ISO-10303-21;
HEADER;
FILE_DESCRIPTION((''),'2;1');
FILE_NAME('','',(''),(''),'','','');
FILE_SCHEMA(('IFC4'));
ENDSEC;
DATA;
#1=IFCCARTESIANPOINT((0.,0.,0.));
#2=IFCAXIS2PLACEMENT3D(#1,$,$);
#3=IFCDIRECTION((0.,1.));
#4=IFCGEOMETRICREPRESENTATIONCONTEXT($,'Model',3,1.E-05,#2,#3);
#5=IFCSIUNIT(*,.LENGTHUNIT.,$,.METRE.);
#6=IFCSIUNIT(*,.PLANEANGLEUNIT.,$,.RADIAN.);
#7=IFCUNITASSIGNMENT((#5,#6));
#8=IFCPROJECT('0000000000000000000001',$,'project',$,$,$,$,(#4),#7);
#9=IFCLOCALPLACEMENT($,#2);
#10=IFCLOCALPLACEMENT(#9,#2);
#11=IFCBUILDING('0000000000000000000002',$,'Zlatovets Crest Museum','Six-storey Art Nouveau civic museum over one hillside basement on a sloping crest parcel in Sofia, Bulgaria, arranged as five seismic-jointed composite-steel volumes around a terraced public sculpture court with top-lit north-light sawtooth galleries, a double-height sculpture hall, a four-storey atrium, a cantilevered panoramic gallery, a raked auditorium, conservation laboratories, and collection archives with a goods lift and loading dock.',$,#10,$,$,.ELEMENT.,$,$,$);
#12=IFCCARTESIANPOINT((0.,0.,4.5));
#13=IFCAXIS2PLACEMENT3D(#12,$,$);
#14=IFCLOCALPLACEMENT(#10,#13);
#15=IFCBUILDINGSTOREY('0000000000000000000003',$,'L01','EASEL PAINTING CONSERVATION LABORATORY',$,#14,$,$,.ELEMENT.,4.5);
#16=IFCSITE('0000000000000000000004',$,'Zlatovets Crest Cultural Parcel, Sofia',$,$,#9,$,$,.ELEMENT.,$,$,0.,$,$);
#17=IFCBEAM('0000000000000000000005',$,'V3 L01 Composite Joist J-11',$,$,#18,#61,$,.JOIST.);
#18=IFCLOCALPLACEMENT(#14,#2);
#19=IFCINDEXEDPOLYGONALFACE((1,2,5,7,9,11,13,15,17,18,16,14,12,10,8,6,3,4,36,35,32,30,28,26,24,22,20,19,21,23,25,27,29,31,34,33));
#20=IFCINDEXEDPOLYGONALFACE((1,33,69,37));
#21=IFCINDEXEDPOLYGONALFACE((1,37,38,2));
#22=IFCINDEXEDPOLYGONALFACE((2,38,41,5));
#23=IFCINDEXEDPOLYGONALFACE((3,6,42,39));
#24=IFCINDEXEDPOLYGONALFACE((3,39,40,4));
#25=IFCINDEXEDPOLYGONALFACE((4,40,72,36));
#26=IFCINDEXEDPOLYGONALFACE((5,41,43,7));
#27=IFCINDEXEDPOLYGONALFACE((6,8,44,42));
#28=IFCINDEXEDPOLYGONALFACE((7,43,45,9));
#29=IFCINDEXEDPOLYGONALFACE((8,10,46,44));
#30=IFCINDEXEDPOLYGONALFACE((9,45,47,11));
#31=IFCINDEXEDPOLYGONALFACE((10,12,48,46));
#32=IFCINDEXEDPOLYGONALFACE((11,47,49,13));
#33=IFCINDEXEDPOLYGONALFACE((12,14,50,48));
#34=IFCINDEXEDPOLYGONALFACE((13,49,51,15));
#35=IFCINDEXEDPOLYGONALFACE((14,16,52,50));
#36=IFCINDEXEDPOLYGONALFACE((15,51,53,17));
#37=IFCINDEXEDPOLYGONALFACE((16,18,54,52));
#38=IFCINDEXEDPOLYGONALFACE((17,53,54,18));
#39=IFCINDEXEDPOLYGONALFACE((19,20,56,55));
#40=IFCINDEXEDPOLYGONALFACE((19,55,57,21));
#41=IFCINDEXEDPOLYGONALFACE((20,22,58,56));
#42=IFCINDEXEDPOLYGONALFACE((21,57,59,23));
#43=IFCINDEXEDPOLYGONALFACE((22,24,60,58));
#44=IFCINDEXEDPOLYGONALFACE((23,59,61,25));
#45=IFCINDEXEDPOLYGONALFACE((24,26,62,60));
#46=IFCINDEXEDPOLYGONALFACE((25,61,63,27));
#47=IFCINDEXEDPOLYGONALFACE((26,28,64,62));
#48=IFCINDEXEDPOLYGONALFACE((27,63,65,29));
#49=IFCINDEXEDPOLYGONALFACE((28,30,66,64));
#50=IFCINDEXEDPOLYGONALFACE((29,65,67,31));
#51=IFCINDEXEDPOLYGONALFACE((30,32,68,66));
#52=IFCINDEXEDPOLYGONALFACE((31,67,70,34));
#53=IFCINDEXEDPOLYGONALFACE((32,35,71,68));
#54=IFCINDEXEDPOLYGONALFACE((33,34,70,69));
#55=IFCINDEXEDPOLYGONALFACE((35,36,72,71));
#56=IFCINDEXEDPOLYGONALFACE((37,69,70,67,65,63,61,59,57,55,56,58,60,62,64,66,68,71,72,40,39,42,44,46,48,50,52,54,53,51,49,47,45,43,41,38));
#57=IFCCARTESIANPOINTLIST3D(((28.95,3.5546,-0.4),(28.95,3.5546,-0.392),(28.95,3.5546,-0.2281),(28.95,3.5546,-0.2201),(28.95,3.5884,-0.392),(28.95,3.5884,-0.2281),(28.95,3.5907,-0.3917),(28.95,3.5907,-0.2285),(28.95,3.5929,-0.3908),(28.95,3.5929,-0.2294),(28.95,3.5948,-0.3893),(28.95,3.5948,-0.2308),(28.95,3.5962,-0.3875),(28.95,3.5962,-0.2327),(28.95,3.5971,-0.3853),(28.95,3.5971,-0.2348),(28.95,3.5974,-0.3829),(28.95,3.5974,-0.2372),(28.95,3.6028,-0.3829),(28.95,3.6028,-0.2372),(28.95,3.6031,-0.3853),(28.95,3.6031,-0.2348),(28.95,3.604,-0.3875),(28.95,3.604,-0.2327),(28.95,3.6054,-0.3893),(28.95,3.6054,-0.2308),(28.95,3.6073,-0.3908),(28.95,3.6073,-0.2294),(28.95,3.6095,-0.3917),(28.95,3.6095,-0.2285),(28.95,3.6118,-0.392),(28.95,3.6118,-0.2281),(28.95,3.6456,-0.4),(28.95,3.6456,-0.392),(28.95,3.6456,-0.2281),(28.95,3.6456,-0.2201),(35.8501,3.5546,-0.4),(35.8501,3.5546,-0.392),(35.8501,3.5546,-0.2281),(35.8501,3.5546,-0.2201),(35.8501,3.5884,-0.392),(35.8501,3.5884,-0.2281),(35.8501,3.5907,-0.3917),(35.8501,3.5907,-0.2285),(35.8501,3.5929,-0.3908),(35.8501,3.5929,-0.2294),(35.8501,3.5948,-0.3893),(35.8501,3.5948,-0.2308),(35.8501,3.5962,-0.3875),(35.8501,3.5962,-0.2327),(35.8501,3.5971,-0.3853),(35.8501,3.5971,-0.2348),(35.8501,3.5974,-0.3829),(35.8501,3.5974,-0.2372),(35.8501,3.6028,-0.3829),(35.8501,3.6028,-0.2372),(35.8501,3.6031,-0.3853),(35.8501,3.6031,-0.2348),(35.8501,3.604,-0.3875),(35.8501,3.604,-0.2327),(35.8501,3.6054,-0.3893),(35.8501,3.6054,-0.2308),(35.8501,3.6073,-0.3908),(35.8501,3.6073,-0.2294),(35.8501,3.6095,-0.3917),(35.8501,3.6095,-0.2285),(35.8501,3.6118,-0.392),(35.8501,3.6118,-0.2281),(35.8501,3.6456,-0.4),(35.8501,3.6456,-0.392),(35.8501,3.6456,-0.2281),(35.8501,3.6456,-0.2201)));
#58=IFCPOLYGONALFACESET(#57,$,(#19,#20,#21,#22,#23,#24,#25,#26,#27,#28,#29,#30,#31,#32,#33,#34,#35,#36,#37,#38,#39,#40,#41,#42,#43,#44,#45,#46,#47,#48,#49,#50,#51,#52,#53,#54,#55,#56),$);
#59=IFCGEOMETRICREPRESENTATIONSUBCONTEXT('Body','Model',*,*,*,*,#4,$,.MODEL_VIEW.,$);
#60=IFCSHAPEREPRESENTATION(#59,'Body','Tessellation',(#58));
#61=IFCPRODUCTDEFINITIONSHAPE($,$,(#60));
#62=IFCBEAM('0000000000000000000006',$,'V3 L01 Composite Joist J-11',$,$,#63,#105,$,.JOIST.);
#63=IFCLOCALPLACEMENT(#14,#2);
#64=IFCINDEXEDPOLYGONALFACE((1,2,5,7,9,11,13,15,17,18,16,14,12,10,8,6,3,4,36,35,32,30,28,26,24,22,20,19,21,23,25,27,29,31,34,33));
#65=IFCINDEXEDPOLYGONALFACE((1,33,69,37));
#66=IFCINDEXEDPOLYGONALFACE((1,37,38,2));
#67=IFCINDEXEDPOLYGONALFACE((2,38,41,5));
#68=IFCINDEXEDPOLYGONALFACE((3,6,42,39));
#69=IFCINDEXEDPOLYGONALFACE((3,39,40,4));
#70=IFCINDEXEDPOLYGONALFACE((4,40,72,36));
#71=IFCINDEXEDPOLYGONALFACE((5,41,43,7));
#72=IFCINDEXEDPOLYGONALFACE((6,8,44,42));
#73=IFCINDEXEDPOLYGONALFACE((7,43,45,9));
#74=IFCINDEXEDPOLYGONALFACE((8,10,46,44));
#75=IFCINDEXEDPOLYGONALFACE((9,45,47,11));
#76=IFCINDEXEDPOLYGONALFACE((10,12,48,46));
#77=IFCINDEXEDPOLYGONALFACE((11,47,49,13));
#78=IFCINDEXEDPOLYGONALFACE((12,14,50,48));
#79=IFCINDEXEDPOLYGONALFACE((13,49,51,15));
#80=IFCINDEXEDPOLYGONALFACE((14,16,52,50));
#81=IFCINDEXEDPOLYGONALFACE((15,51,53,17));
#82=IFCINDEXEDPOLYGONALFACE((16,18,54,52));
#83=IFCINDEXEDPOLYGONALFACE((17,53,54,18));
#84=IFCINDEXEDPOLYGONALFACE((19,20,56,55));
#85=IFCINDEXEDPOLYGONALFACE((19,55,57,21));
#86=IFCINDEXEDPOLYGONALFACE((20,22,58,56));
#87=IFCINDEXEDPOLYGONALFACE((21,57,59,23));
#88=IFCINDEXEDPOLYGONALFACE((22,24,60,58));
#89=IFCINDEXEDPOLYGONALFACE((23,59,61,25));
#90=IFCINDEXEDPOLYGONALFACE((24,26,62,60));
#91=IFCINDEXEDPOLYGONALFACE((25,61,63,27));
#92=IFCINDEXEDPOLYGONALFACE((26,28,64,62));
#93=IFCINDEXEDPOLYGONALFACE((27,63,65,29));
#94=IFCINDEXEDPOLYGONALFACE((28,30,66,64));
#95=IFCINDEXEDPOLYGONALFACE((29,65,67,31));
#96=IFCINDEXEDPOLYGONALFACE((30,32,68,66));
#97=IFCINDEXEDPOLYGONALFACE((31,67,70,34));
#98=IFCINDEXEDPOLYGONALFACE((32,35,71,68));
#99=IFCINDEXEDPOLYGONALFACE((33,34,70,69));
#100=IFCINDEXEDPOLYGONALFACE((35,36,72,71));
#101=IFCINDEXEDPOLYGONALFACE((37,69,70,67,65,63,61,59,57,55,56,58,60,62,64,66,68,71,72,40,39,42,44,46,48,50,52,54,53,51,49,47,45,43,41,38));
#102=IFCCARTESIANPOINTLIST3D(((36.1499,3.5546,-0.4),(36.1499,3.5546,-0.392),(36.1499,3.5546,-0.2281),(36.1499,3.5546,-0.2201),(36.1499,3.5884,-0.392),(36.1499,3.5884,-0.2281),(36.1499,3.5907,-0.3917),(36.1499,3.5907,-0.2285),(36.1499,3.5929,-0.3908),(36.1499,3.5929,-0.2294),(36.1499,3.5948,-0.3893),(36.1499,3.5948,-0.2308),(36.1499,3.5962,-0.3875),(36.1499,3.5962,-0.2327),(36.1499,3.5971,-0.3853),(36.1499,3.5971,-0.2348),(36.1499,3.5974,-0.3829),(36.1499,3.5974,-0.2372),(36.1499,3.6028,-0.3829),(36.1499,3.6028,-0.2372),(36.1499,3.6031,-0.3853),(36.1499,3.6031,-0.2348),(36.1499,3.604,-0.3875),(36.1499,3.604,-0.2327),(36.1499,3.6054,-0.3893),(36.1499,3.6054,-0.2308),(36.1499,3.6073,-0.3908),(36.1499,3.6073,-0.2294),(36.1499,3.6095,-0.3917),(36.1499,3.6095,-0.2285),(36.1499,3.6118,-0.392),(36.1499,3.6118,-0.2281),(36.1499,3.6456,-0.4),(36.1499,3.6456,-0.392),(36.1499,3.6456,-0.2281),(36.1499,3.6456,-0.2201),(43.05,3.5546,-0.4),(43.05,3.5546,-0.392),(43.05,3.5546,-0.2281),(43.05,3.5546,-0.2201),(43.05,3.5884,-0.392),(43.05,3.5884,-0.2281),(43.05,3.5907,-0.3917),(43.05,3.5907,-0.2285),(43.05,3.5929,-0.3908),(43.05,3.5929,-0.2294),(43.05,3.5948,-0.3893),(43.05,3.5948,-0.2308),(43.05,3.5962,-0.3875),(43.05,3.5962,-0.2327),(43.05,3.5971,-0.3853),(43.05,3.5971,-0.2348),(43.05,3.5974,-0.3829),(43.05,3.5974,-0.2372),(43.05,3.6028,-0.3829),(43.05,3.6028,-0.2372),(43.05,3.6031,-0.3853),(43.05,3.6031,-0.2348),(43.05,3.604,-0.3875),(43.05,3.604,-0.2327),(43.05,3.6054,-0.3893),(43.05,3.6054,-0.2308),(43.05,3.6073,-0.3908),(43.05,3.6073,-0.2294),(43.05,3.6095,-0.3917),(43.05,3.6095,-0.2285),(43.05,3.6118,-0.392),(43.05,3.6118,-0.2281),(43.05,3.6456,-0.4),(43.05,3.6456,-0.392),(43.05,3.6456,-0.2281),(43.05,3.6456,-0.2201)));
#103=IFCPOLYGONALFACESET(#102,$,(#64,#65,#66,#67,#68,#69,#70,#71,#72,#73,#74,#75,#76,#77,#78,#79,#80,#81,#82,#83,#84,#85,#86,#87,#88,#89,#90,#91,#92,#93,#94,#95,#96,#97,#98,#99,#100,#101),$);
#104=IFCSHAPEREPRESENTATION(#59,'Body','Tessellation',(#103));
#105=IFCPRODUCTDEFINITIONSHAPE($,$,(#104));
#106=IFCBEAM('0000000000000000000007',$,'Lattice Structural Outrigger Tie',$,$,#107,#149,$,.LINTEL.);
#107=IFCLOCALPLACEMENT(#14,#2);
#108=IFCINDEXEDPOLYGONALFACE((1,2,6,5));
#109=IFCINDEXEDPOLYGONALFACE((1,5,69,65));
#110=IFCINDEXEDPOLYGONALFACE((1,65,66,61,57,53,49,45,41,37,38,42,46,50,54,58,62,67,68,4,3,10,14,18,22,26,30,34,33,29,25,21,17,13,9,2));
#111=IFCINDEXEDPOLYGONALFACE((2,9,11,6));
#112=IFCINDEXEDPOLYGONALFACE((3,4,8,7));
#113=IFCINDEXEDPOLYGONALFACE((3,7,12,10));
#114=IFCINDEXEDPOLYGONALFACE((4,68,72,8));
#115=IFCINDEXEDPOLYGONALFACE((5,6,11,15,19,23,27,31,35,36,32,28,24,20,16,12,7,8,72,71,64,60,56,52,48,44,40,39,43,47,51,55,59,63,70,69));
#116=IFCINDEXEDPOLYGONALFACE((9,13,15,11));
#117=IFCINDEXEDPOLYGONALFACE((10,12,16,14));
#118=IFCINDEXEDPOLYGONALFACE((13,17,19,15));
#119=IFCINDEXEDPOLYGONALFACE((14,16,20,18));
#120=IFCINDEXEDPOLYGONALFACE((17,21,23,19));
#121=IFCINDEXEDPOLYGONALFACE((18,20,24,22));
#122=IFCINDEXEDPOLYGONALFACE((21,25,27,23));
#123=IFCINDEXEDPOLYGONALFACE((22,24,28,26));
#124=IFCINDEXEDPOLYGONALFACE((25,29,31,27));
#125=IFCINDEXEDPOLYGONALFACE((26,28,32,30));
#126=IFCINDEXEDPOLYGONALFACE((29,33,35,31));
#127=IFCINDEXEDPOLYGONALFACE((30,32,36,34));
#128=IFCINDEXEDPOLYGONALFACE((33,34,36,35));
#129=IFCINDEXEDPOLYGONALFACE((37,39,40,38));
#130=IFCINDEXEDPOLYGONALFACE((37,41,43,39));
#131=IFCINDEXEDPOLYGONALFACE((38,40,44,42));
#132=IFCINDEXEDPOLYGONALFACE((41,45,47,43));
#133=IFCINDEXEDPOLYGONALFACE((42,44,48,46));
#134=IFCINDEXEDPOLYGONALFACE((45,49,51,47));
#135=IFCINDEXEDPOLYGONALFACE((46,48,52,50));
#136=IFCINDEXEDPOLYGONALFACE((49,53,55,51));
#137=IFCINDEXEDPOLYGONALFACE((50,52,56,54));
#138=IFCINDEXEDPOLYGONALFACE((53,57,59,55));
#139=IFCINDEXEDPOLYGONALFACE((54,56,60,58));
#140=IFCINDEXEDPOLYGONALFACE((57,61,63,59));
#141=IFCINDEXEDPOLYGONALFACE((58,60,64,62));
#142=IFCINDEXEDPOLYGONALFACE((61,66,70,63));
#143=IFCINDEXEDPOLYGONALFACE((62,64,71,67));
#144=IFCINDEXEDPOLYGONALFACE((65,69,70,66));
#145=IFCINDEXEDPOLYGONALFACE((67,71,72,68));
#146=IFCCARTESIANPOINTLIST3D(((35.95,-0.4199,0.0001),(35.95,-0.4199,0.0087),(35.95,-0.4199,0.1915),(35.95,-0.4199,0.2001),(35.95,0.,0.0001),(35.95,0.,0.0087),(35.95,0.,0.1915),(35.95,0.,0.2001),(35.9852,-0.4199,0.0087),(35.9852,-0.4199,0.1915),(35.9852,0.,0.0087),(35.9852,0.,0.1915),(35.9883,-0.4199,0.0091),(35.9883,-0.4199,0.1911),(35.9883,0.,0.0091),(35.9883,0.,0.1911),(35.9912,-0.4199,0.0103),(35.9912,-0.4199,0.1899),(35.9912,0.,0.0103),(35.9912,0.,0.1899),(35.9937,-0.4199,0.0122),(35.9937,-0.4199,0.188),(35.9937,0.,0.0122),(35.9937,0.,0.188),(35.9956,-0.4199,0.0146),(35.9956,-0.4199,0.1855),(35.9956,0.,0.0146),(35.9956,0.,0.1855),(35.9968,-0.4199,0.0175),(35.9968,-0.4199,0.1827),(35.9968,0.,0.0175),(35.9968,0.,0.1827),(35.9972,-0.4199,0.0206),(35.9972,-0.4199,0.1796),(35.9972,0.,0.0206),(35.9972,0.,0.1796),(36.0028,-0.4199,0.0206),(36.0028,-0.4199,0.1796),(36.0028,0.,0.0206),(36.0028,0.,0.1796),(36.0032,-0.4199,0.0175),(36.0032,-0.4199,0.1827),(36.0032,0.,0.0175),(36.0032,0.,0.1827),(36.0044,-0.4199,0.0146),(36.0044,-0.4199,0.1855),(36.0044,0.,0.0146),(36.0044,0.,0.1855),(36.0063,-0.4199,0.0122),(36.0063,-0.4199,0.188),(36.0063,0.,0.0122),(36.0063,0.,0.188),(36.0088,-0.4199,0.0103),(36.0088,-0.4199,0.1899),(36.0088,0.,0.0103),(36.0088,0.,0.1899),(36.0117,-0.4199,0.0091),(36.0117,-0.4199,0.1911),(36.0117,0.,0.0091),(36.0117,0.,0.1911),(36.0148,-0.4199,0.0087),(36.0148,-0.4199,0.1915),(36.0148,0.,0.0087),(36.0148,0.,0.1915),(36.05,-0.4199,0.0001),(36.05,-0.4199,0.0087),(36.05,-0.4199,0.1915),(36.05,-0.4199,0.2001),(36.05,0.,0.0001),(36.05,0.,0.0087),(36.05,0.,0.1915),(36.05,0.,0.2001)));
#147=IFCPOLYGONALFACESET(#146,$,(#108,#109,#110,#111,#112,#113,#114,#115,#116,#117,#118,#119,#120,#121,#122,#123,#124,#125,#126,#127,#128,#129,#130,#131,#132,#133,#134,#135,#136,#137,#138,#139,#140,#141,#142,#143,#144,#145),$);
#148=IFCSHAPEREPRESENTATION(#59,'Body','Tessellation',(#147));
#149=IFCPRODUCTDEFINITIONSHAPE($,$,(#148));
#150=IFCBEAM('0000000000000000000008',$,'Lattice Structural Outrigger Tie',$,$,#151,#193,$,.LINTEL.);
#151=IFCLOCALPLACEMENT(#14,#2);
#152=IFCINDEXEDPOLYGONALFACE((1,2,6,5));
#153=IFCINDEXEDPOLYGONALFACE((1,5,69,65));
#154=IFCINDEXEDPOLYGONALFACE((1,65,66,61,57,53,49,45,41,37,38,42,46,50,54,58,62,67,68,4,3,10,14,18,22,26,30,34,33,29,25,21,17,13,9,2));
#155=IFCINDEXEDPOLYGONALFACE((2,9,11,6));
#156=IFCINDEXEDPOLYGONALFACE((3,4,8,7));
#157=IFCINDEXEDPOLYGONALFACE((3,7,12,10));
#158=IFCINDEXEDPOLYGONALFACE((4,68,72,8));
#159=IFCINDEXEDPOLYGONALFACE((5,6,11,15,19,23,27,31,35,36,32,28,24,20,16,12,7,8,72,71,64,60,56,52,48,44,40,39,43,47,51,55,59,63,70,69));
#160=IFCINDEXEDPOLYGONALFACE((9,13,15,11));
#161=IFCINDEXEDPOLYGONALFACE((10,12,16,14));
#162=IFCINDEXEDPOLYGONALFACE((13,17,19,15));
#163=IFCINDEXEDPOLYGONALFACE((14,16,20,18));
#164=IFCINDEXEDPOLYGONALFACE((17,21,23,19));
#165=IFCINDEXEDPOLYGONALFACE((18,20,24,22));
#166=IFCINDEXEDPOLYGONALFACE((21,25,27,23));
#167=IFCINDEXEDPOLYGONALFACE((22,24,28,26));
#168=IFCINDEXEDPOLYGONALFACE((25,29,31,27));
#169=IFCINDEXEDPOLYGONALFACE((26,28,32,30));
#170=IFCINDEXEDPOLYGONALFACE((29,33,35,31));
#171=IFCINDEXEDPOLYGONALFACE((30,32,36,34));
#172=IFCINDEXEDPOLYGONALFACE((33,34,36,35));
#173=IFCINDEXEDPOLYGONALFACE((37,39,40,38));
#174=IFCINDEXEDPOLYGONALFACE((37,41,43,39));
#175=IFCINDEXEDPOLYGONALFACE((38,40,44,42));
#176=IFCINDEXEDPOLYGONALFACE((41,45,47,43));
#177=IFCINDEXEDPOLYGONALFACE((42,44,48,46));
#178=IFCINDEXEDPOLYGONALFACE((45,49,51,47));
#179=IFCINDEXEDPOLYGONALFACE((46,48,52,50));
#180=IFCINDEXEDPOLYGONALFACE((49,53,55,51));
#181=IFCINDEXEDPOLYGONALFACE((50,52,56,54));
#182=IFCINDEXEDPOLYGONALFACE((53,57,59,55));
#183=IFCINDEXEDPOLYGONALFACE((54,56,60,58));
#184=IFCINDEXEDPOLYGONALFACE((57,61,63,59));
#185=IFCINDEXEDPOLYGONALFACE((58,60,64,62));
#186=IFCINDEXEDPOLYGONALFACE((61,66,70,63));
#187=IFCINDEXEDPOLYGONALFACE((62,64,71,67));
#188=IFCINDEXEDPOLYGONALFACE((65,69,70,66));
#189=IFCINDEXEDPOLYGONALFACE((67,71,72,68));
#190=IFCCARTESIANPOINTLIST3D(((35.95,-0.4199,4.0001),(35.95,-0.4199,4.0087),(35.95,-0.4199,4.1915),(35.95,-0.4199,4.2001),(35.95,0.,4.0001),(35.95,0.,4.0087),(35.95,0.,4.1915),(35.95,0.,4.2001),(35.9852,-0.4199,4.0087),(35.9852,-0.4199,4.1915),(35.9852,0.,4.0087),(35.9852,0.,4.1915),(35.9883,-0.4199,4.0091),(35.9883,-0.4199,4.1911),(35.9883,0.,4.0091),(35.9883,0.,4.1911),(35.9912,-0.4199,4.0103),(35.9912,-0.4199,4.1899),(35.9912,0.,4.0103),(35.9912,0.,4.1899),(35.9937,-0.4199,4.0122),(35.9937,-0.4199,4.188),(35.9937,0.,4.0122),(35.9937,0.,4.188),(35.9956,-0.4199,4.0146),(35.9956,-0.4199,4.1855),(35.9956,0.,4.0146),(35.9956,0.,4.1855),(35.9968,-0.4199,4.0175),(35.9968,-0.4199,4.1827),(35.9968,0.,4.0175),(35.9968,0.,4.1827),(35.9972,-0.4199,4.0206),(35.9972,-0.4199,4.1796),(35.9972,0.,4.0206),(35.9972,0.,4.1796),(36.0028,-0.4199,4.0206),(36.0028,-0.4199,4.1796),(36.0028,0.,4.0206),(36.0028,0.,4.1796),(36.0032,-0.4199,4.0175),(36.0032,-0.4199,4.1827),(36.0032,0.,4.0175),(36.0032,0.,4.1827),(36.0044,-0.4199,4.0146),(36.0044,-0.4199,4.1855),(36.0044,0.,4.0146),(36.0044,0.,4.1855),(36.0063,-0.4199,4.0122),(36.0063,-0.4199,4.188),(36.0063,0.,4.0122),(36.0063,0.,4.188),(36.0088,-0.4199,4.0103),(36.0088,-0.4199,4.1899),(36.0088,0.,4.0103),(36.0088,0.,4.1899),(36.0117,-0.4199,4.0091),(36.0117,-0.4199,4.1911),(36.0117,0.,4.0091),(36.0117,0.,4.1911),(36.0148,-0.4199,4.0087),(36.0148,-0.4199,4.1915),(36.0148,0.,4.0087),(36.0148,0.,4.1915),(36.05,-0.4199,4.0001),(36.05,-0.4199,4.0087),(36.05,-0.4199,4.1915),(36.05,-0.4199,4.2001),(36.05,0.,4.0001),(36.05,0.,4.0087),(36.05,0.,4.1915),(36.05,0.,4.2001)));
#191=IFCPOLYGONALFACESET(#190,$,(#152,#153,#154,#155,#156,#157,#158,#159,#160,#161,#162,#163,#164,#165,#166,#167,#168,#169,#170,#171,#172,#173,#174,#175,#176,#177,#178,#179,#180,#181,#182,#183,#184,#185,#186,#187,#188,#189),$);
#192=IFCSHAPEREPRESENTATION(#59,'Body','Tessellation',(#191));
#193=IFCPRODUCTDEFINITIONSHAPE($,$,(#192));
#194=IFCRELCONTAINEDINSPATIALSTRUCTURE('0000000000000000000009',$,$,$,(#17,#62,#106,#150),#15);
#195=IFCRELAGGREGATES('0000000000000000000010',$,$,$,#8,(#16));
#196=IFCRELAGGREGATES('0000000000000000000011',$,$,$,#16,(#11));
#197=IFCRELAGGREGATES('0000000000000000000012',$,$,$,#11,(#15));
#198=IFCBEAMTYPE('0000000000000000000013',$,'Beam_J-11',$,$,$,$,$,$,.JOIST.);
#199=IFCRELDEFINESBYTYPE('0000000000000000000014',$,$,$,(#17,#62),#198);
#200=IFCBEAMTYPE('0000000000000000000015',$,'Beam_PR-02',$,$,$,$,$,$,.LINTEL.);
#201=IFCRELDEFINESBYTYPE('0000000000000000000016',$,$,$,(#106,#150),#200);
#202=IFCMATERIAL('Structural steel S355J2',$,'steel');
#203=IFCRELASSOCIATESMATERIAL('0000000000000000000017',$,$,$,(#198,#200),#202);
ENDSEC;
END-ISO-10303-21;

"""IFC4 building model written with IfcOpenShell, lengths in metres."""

from ifc_helpers import new_model, si_unit, direction, frame, origin, origin_2d, place, context, subcontext, project, spatial, i_section, extrude, material, material_profile, profile_set, type_object, element, save


model = new_model("IFC4")

# Units and contexts
model_context = context("Model", 3, precision=1e-05, world=origin(), true_north=direction((0.0, 1.0)))
body_context = subcontext(model_context, "Body", "Model", "MODEL_VIEW")
ifc_project = project(units=[si_unit("LENGTHUNIT", "METRE"), si_unit("PLANEANGLEUNIT", "RADIAN")], contexts=[model_context])

# Site, building, storey
site_placement = place(None, origin())
site = spatial("IfcSite", under=ifc_project, at=site_placement, Name="Zlatovets Crest Cultural Parcel, Sofia", CompositionType="ELEMENT", RefElevation=0.0)
building_placement = place(site_placement, origin())
building = spatial("IfcBuilding", under=site, at=building_placement, Name="Zlatovets Crest Museum", Description="Six-storey Art Nouveau civic museum over one hillside basement on a sloping crest parcel in Sofia, Bulgaria, arranged as five seismic-jointed composite-steel volumes around a terraced public sculpture court with top-lit north-light sawtooth galleries, a double-height sculpture hall, a four-storey atrium, a cantilevered panoramic gallery, a raked auditorium, conservation laboratories, and collection archives with a goods lift and loading dock.", CompositionType="ELEMENT")
storey_placement = place(building_placement, frame((0.0, 0.0, 4.5)))
storey = spatial("IfcBuildingStorey", under=building, at=storey_placement, Name="L01", Description="EASEL PAINTING CONSERVATION LABORATORY", CompositionType="ELEMENT", Elevation=4.5)

# Shared definitions
ifc_material_1 = material(Name="Structural steel S355J2", Category="steel")

# Beams
ifc_material_profile_1 = material_profile(ifc_material_1, i_section(OverallWidth=0.0911, OverallDepth=0.1799, WebThickness=0.0054, FlangeThickness=0.0081, FilletRadius=0.009, at=origin_2d()), Name="IPE 180")
ifc_profile_set_1 = profile_set([ifc_material_profile_1], Name="Structural steel S355J2")
beam_type_1 = type_object("IfcBeamType", Name="Beam_J-11", PredefinedType="JOIST", material=ifc_profile_set_1)
for number, where, z_axis, x_axis, name in (
    (1, (28.95, 3.6001, -0.3101), (1.0, 0.0, 0.0), (0.0, 1.0, 0.0), "V3 L01 Composite Joist J-11"),
    (2, (36.1499, 3.6001, -0.3101), (1.0, 0.0, 0.0), (0.0, 1.0, 0.0), "V3 L01 Composite Joist J-11"),
):
    element("IfcBeam", number, at=place(storey_placement, frame(where, z_axis=z_axis, x_axis=x_axis)), inside=storey, type_object=beam_type_1, Name=name, PredefinedType="JOIST", context=body_context, shape_type="SweptSolid", body=[
        extrude(i_section(OverallWidth=0.0911, OverallDepth=0.1799, WebThickness=0.0054, FlangeThickness=0.0081, FilletRadius=0.009, at=origin_2d()), origin(), (0.0, 0.0, 1.0), 6.9001),
    ])
ifc_material_profile_2 = material_profile(ifc_material_1, i_section(OverallWidth=0.1001, OverallDepth=0.2, WebThickness=0.0056, FlangeThickness=0.0085, FilletRadius=0.012, at=origin_2d()), Name="IPE 200")
ifc_profile_set_2 = profile_set([ifc_material_profile_2], Name="Structural steel S355J2")
beam_type_2 = type_object("IfcBeamType", Name="Beam_PR-02", PredefinedType="LINTEL", material=ifc_profile_set_2)
for number, where, z_axis, x_axis, name in (
    (3, (36.0, 0.0, 0.1001), (0.0, -1.0, 0.0), (1.0, 0.0, 0.0), "Lattice Structural Outrigger Tie"),
    (4, (36.0, 0.0, 4.1001), (0.0, -1.0, 0.0), (1.0, 0.0, 0.0), "Lattice Structural Outrigger Tie"),
):
    element("IfcBeam", number, at=place(storey_placement, frame(where, z_axis=z_axis, x_axis=x_axis)), inside=storey, type_object=beam_type_2, Name=name, PredefinedType="LINTEL", context=body_context, shape_type="SweptSolid", body=[
        extrude(i_section(OverallWidth=0.1001, OverallDepth=0.2, WebThickness=0.0056, FlangeThickness=0.0085, FilletRadius=0.012, at=origin_2d()), origin(), (0.0, 0.0, 1.0), 0.4199),
    ])

save(model, "model.ifc")
